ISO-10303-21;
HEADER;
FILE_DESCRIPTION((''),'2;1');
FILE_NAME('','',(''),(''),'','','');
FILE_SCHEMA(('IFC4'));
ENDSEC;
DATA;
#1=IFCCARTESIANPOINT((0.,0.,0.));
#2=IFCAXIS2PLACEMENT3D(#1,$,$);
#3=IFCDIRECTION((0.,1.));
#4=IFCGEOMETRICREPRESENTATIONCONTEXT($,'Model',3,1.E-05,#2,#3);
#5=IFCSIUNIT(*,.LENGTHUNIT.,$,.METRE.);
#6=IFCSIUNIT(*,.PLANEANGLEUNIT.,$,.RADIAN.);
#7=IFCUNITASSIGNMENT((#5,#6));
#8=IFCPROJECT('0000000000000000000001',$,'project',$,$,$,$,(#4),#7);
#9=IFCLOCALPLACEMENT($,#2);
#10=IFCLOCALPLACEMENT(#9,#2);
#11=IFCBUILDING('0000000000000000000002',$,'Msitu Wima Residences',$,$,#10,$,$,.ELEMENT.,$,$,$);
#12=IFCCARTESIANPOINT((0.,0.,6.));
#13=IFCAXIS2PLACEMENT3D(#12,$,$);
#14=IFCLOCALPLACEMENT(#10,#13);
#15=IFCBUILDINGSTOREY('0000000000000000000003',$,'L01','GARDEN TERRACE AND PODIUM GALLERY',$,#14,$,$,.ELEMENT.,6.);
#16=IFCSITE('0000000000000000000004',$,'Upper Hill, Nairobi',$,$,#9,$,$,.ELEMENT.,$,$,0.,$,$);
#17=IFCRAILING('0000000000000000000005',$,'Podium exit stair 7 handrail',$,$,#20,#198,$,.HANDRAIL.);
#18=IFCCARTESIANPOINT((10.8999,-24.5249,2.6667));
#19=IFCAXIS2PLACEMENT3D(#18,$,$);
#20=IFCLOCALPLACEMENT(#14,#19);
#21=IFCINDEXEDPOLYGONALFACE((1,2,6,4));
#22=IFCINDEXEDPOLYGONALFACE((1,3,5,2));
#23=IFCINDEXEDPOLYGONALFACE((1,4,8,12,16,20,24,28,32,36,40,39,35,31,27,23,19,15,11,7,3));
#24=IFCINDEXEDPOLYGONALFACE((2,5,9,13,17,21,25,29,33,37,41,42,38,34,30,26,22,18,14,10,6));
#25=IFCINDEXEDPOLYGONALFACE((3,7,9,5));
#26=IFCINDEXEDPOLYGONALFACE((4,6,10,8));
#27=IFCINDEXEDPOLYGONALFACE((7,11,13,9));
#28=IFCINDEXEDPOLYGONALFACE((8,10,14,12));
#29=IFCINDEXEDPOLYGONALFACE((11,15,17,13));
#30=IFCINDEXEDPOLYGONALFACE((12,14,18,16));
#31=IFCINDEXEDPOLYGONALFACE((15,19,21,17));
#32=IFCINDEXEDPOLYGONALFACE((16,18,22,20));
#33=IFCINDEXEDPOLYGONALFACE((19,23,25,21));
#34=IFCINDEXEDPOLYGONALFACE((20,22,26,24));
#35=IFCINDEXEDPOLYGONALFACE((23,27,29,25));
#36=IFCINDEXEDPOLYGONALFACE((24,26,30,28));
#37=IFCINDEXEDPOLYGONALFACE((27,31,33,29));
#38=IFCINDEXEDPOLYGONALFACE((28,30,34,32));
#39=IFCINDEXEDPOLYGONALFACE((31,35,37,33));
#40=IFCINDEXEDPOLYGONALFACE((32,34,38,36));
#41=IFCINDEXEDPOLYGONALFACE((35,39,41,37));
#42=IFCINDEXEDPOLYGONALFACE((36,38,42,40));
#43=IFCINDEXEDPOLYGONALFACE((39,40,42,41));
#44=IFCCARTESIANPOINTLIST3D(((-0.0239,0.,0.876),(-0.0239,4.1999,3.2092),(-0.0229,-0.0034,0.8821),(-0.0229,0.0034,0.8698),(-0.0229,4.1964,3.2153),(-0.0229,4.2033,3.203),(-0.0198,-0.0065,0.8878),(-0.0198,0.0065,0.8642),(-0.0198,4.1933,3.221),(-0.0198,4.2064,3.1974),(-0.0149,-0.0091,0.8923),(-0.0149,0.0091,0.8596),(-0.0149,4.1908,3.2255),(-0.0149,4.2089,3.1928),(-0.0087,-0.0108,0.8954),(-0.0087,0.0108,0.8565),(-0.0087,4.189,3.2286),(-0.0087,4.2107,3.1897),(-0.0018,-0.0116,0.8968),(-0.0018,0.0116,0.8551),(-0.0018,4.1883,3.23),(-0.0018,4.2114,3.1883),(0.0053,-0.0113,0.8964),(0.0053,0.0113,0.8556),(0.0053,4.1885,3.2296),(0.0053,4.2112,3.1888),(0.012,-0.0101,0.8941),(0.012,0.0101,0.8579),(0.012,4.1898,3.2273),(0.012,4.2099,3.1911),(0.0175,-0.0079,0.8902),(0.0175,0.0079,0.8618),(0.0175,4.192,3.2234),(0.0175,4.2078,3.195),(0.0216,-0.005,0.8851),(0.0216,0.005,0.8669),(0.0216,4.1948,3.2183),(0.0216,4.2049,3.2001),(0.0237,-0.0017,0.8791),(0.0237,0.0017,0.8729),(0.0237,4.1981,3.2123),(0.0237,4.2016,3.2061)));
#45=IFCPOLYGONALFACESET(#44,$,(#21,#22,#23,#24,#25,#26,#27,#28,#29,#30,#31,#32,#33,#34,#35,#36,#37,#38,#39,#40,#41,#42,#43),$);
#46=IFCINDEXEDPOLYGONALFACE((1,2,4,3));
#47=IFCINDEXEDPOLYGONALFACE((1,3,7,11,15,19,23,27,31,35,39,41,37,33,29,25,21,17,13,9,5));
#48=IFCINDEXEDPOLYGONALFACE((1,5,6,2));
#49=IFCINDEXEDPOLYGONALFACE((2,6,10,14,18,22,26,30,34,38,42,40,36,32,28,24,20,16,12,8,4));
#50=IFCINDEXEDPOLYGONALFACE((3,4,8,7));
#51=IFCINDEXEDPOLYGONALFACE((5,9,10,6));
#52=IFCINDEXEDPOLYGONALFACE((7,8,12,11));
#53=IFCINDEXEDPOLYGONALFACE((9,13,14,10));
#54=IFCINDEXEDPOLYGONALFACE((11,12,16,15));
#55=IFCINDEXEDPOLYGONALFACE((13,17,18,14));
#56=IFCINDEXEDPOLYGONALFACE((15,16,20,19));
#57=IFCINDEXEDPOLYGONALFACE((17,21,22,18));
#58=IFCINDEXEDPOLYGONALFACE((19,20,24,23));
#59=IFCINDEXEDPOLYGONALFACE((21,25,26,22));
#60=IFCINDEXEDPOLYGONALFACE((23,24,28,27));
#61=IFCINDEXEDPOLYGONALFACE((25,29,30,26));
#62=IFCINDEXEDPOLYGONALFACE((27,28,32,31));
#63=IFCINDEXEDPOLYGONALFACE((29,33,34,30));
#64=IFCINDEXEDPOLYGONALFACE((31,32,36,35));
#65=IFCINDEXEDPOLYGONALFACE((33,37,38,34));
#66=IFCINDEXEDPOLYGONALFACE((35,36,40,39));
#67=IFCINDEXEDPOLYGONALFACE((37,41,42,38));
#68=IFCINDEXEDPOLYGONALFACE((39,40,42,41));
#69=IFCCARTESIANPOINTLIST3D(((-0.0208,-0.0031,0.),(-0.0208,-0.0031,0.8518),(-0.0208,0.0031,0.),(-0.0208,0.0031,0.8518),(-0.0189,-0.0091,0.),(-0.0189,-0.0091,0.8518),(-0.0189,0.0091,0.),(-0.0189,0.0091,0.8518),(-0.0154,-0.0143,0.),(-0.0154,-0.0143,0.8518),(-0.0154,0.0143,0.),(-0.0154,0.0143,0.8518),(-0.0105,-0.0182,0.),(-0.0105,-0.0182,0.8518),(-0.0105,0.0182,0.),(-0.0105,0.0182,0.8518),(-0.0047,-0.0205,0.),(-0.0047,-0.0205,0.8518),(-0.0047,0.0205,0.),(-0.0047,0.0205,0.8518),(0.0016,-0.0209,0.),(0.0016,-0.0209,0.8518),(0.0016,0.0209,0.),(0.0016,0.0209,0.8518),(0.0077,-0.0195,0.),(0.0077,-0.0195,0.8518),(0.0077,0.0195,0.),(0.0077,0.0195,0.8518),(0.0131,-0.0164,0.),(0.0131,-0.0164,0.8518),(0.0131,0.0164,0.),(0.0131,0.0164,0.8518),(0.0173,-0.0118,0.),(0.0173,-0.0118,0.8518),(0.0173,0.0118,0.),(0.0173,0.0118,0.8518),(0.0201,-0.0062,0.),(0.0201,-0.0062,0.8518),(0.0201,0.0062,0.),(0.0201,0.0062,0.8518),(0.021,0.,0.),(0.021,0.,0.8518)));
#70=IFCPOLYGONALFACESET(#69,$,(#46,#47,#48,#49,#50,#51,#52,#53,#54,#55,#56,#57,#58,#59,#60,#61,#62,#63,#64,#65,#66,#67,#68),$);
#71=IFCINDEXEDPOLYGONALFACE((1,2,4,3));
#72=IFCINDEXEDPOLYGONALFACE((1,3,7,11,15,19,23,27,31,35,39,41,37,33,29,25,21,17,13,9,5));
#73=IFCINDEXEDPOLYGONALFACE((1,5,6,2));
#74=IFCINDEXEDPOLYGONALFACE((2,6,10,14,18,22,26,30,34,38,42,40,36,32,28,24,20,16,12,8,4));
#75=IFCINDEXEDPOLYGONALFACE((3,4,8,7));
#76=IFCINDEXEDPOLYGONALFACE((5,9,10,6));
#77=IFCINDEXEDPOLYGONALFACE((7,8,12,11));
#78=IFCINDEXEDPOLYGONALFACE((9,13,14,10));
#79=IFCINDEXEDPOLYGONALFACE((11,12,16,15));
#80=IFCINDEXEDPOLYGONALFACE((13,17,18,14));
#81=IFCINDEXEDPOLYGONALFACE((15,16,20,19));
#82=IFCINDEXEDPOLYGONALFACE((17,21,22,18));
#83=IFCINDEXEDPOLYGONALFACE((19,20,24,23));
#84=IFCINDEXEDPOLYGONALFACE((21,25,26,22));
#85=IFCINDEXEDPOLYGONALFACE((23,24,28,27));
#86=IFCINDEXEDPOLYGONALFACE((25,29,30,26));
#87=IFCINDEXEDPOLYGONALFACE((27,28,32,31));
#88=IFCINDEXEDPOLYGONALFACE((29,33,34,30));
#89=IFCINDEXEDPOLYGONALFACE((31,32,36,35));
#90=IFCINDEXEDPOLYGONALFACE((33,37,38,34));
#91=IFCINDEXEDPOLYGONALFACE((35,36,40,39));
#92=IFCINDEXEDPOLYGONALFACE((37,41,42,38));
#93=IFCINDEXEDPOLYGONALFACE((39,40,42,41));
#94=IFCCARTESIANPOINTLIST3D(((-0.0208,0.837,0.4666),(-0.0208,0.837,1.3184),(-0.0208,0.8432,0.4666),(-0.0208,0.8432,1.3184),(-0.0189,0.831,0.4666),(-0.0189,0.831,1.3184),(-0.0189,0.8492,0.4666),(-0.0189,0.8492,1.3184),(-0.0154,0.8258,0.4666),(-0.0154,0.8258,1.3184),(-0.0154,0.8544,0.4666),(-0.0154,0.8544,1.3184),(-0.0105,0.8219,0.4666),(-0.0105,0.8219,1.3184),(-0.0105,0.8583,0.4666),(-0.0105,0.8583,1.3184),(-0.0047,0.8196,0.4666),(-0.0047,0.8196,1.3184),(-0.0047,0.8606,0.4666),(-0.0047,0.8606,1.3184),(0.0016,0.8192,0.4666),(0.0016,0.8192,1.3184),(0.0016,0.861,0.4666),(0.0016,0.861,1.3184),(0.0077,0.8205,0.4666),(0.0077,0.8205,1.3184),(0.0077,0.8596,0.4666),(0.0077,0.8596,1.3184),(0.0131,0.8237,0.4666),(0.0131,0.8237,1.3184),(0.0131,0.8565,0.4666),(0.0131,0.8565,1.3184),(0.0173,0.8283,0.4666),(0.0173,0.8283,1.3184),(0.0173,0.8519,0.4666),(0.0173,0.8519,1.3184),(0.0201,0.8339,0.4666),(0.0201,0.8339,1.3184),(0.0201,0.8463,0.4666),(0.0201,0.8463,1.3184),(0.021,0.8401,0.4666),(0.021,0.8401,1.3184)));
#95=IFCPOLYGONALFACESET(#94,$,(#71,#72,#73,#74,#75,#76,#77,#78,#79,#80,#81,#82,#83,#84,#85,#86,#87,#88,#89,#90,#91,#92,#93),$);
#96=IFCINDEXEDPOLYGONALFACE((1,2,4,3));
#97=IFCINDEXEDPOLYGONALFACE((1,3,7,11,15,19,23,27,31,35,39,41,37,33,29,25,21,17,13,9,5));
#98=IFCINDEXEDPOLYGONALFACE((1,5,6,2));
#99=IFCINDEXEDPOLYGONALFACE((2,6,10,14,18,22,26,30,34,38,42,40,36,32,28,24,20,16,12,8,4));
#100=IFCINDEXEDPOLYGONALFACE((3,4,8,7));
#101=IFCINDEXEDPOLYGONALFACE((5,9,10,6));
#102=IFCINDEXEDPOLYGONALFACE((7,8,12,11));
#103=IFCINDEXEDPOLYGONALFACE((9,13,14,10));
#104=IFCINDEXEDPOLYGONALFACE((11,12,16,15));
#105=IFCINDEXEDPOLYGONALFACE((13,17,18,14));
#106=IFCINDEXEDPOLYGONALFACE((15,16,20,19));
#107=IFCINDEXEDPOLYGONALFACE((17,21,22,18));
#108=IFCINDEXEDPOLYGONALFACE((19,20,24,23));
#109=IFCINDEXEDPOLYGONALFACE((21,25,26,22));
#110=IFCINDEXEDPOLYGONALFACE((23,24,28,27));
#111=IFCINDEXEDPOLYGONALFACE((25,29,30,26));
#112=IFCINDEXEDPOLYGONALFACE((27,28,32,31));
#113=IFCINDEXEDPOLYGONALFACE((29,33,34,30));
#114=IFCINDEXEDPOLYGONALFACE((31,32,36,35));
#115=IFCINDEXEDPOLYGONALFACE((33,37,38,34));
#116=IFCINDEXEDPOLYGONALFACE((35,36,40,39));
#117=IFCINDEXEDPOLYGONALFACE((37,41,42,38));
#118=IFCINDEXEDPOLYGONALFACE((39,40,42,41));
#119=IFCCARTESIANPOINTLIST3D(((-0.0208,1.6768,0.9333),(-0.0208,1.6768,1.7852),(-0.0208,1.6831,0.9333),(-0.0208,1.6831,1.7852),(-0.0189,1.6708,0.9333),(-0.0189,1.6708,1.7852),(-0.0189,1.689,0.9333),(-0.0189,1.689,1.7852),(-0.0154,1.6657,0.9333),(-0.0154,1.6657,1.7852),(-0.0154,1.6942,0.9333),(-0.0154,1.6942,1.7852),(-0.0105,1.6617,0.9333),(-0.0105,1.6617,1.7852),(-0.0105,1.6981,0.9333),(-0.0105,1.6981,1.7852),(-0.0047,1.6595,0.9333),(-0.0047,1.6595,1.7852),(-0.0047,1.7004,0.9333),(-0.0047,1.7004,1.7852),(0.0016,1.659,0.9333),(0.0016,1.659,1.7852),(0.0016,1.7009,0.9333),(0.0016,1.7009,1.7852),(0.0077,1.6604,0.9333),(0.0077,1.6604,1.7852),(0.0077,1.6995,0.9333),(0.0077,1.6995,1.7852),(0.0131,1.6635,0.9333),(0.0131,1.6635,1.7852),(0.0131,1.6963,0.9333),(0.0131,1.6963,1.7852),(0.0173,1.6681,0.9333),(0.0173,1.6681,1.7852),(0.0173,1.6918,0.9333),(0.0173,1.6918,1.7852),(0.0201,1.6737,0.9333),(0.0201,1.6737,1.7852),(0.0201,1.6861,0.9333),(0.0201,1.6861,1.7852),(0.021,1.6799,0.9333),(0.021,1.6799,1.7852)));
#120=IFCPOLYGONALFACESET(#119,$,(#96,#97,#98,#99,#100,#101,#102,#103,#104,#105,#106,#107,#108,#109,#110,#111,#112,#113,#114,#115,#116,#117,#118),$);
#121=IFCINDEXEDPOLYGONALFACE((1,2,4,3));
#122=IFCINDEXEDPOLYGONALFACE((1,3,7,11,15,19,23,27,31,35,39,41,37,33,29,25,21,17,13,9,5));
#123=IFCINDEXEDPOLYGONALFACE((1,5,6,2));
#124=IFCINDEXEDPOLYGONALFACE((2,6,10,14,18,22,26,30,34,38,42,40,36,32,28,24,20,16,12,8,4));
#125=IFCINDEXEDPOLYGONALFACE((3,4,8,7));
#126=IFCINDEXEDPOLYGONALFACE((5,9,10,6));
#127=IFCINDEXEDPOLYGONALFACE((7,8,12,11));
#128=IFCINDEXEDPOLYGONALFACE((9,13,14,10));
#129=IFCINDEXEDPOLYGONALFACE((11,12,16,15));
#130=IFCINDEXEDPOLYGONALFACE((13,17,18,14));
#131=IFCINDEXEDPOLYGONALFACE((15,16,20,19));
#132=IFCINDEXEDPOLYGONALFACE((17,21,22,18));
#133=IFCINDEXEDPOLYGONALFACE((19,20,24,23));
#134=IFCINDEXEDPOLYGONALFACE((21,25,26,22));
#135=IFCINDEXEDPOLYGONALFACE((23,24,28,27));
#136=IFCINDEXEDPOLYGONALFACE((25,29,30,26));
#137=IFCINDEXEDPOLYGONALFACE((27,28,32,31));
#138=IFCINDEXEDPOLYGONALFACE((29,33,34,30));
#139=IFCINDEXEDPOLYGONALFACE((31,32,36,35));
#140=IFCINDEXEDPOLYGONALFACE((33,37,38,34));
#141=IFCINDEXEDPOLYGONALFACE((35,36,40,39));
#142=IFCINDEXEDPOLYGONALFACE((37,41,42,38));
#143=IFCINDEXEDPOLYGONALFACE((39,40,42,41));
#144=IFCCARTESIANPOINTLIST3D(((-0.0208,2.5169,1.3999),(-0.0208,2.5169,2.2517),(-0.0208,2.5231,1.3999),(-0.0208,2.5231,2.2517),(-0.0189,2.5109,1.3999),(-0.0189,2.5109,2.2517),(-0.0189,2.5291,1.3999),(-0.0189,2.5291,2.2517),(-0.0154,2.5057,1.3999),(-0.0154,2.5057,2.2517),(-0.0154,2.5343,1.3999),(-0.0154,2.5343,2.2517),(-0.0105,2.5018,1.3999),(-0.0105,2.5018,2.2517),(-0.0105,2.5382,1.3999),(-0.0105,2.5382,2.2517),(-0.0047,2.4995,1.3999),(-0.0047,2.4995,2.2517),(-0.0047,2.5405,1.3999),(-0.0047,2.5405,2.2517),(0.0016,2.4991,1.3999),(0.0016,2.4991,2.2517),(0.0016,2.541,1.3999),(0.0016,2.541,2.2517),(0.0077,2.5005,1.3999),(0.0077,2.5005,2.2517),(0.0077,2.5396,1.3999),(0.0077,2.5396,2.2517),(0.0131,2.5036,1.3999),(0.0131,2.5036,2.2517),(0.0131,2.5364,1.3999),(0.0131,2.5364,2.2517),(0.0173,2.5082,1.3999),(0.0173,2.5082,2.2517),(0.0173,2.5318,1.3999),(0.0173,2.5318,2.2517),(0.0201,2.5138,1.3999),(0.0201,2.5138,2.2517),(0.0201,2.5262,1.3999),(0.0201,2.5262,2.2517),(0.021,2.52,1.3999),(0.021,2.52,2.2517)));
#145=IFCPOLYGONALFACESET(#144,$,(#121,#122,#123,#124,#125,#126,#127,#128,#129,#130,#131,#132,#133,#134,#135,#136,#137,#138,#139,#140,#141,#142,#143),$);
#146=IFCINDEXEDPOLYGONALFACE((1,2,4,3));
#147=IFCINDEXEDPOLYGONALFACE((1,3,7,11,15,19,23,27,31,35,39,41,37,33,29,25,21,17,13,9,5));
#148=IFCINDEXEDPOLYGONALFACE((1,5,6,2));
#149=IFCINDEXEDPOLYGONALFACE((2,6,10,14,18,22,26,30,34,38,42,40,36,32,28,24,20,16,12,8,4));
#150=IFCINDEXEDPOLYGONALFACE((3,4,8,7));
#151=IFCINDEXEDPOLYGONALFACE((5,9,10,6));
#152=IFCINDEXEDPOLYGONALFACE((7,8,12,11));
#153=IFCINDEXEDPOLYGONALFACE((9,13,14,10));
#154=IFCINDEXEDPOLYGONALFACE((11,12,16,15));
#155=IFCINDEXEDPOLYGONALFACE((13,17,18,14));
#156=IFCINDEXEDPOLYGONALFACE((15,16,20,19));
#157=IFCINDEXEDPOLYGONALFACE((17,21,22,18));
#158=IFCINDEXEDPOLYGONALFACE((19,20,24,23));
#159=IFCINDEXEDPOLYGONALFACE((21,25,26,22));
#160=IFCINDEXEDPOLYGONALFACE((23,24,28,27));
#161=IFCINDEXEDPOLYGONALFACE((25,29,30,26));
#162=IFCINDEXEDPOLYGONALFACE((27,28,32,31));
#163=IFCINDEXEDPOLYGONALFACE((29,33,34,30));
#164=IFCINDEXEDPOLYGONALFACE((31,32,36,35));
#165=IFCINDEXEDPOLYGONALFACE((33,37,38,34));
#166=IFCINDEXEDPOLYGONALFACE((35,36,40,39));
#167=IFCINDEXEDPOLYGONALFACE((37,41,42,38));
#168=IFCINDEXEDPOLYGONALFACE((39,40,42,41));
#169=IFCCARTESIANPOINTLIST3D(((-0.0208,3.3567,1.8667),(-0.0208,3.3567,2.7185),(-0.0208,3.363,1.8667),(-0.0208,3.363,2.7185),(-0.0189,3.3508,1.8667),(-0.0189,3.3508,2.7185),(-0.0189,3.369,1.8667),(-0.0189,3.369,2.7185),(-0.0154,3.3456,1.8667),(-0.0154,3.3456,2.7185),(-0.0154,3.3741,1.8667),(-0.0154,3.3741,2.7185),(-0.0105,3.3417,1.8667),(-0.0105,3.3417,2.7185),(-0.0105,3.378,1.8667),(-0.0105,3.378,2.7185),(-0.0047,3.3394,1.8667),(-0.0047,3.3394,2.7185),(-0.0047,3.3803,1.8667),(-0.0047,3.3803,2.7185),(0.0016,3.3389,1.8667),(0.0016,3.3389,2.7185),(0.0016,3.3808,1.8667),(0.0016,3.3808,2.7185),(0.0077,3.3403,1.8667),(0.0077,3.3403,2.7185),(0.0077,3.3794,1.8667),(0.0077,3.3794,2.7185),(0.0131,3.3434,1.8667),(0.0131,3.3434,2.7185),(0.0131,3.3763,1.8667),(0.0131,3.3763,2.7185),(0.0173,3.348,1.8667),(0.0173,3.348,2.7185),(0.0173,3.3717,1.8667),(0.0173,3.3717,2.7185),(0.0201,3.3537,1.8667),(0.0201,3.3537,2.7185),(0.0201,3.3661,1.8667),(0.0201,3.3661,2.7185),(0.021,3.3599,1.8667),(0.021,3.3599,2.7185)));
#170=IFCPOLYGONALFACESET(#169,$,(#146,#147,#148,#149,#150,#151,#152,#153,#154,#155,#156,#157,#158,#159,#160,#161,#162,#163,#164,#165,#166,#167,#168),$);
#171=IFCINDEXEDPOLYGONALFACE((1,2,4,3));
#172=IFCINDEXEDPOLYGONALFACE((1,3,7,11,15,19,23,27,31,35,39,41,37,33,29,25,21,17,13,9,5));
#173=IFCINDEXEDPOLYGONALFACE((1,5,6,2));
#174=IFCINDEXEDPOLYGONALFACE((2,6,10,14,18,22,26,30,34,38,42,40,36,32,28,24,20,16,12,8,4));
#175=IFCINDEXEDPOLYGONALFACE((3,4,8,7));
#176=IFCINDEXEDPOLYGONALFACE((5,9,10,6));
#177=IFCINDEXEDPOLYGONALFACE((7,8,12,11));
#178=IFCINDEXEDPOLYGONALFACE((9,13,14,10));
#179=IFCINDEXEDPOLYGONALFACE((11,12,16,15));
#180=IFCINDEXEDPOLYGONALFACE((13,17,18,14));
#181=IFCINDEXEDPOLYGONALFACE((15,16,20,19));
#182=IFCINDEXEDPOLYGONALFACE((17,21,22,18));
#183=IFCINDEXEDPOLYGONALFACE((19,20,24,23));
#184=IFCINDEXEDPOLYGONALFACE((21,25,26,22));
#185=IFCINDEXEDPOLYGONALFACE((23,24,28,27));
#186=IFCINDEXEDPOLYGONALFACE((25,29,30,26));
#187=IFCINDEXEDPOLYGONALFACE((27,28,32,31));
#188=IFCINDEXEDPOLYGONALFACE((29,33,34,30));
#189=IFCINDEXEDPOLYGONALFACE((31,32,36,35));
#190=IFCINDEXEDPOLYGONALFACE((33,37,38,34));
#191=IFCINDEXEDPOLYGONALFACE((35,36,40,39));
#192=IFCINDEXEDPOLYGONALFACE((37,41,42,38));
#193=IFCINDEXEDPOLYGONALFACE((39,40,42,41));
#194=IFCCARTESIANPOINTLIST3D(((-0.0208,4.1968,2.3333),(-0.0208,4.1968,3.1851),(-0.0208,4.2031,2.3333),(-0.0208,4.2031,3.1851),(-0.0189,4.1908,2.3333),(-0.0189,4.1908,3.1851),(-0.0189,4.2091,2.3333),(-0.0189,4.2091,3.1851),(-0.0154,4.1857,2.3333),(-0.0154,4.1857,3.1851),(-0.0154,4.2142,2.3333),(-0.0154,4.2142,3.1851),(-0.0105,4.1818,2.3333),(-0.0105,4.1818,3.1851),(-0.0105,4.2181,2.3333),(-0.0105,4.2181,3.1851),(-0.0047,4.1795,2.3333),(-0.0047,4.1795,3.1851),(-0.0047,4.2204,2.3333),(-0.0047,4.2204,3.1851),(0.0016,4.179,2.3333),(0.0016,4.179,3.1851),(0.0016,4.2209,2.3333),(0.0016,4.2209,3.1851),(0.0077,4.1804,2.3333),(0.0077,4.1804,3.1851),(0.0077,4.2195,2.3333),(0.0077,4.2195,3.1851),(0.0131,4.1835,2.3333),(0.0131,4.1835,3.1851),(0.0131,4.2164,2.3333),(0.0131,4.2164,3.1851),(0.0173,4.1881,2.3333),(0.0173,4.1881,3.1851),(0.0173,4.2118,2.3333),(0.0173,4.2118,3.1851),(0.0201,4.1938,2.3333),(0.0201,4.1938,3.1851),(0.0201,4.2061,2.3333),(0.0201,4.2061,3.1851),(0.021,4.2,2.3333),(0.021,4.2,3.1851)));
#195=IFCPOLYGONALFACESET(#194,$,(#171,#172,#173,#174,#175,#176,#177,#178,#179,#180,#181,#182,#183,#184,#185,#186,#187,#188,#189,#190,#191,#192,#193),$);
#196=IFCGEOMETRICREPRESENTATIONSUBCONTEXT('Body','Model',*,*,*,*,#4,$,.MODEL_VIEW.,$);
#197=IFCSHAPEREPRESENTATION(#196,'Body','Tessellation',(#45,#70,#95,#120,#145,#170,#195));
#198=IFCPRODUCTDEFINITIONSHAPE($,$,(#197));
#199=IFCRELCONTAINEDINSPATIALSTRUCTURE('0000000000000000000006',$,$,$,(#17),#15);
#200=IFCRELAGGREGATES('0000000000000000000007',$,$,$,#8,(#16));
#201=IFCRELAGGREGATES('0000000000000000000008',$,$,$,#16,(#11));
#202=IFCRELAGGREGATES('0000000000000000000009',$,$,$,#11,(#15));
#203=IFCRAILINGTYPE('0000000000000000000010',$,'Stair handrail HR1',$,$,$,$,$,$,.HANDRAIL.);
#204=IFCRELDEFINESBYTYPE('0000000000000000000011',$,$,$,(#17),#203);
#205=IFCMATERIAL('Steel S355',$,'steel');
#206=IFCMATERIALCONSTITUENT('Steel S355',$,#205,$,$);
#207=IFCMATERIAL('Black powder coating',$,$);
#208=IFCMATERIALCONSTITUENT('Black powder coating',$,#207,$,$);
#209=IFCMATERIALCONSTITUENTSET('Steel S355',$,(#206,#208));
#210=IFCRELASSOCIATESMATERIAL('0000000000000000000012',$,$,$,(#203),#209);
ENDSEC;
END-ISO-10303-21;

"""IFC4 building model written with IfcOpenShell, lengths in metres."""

from ifc_helpers import new_model, si_unit, direction, frame, origin, origin_2d, place, context, subcontext, project, spatial, circle, extrude, material, constituent, constituent_set, type_object, element, save


model = new_model("IFC4")

# Units and contexts
model_context = context("Model", 3, precision=1e-05, world=origin(), true_north=direction((0.0, 1.0)))
body_context = subcontext(model_context, "Body", "Model", "MODEL_VIEW")
ifc_project = project(units=[si_unit("LENGTHUNIT", "METRE"), si_unit("PLANEANGLEUNIT", "RADIAN")], contexts=[model_context])

# Site, building, storey
site_placement = place(None, origin())
site = spatial("IfcSite", under=ifc_project, at=site_placement, Name="Upper Hill, Nairobi", CompositionType="ELEMENT", RefElevation=0.0)
building_placement = place(site_placement, origin())
building = spatial("IfcBuilding", under=site, at=building_placement, Name="Msitu Wima Residences", CompositionType="ELEMENT")
storey_placement = place(building_placement, frame((0.0, 0.0, 6.0)))
storey = spatial("IfcBuildingStorey", under=building, at=storey_placement, Name="L01", Description="GARDEN TERRACE AND PODIUM GALLERY", CompositionType="ELEMENT", Elevation=6.0)

# Railing
ifc_material_1 = material(Name="Steel S355", Category="steel")
ifc_constituent_1 = constituent(ifc_material_1, Name="Steel S355")
ifc_material_2 = material(Name="Black powder coating")
ifc_constituent_2 = constituent(ifc_material_2, Name="Black powder coating")
ifc_constituent_set = constituent_set(constituents=[ifc_constituent_1, ifc_constituent_2], Name="Steel S355")
railing_type = type_object("IfcRailingType", Name="Stair handrail HR1", PredefinedType="HANDRAIL", material=ifc_constituent_set)
for number, where, name in (
    (1, (10.8999, -24.5249, 2.6667), "Podium exit stair 7 handrail"),
):
    element("IfcRailing", number, at=place(storey_placement, frame(where)), inside=storey, type_object=railing_type, Name=name, PredefinedType="HANDRAIL", context=body_context, shape_type="SweptSolid", body=[
        extrude(circle(Radius=0.0239, at=origin_2d()), frame((0.0, 0.0, 0.876), z_axis=(0.0, 0.874162, 0.485634), x_axis=(-1.0, 0.0, 0.0)), (0.0, 0.0, 1.0), 4.8044),
        extrude(circle(Radius=0.021, at=origin_2d()), origin(), (0.0, 0.0, 1.0), 0.8518),
        extrude(circle(Radius=0.021, at=origin_2d()), frame((0.0, 0.8401, 0.4666)), (0.0, 0.0, 1.0), 0.8518),
        extrude(circle(Radius=0.021, at=origin_2d()), frame((0.0, 1.6799, 0.9333)), (0.0, 0.0, 1.0), 0.8518),
        extrude(circle(Radius=0.021, at=origin_2d()), frame((0.0, 2.52, 1.3999)), (0.0, 0.0, 1.0), 0.8518),
        extrude(circle(Radius=0.021, at=origin_2d()), frame((0.0, 3.3599, 1.8667)), (0.0, 0.0, 1.0), 0.8518),
        extrude(circle(Radius=0.021, at=origin_2d()), frame((0.0, 4.2, 2.3333)), (0.0, 0.0, 1.0), 0.8518),
    ])

save(model, "model.ifc")
